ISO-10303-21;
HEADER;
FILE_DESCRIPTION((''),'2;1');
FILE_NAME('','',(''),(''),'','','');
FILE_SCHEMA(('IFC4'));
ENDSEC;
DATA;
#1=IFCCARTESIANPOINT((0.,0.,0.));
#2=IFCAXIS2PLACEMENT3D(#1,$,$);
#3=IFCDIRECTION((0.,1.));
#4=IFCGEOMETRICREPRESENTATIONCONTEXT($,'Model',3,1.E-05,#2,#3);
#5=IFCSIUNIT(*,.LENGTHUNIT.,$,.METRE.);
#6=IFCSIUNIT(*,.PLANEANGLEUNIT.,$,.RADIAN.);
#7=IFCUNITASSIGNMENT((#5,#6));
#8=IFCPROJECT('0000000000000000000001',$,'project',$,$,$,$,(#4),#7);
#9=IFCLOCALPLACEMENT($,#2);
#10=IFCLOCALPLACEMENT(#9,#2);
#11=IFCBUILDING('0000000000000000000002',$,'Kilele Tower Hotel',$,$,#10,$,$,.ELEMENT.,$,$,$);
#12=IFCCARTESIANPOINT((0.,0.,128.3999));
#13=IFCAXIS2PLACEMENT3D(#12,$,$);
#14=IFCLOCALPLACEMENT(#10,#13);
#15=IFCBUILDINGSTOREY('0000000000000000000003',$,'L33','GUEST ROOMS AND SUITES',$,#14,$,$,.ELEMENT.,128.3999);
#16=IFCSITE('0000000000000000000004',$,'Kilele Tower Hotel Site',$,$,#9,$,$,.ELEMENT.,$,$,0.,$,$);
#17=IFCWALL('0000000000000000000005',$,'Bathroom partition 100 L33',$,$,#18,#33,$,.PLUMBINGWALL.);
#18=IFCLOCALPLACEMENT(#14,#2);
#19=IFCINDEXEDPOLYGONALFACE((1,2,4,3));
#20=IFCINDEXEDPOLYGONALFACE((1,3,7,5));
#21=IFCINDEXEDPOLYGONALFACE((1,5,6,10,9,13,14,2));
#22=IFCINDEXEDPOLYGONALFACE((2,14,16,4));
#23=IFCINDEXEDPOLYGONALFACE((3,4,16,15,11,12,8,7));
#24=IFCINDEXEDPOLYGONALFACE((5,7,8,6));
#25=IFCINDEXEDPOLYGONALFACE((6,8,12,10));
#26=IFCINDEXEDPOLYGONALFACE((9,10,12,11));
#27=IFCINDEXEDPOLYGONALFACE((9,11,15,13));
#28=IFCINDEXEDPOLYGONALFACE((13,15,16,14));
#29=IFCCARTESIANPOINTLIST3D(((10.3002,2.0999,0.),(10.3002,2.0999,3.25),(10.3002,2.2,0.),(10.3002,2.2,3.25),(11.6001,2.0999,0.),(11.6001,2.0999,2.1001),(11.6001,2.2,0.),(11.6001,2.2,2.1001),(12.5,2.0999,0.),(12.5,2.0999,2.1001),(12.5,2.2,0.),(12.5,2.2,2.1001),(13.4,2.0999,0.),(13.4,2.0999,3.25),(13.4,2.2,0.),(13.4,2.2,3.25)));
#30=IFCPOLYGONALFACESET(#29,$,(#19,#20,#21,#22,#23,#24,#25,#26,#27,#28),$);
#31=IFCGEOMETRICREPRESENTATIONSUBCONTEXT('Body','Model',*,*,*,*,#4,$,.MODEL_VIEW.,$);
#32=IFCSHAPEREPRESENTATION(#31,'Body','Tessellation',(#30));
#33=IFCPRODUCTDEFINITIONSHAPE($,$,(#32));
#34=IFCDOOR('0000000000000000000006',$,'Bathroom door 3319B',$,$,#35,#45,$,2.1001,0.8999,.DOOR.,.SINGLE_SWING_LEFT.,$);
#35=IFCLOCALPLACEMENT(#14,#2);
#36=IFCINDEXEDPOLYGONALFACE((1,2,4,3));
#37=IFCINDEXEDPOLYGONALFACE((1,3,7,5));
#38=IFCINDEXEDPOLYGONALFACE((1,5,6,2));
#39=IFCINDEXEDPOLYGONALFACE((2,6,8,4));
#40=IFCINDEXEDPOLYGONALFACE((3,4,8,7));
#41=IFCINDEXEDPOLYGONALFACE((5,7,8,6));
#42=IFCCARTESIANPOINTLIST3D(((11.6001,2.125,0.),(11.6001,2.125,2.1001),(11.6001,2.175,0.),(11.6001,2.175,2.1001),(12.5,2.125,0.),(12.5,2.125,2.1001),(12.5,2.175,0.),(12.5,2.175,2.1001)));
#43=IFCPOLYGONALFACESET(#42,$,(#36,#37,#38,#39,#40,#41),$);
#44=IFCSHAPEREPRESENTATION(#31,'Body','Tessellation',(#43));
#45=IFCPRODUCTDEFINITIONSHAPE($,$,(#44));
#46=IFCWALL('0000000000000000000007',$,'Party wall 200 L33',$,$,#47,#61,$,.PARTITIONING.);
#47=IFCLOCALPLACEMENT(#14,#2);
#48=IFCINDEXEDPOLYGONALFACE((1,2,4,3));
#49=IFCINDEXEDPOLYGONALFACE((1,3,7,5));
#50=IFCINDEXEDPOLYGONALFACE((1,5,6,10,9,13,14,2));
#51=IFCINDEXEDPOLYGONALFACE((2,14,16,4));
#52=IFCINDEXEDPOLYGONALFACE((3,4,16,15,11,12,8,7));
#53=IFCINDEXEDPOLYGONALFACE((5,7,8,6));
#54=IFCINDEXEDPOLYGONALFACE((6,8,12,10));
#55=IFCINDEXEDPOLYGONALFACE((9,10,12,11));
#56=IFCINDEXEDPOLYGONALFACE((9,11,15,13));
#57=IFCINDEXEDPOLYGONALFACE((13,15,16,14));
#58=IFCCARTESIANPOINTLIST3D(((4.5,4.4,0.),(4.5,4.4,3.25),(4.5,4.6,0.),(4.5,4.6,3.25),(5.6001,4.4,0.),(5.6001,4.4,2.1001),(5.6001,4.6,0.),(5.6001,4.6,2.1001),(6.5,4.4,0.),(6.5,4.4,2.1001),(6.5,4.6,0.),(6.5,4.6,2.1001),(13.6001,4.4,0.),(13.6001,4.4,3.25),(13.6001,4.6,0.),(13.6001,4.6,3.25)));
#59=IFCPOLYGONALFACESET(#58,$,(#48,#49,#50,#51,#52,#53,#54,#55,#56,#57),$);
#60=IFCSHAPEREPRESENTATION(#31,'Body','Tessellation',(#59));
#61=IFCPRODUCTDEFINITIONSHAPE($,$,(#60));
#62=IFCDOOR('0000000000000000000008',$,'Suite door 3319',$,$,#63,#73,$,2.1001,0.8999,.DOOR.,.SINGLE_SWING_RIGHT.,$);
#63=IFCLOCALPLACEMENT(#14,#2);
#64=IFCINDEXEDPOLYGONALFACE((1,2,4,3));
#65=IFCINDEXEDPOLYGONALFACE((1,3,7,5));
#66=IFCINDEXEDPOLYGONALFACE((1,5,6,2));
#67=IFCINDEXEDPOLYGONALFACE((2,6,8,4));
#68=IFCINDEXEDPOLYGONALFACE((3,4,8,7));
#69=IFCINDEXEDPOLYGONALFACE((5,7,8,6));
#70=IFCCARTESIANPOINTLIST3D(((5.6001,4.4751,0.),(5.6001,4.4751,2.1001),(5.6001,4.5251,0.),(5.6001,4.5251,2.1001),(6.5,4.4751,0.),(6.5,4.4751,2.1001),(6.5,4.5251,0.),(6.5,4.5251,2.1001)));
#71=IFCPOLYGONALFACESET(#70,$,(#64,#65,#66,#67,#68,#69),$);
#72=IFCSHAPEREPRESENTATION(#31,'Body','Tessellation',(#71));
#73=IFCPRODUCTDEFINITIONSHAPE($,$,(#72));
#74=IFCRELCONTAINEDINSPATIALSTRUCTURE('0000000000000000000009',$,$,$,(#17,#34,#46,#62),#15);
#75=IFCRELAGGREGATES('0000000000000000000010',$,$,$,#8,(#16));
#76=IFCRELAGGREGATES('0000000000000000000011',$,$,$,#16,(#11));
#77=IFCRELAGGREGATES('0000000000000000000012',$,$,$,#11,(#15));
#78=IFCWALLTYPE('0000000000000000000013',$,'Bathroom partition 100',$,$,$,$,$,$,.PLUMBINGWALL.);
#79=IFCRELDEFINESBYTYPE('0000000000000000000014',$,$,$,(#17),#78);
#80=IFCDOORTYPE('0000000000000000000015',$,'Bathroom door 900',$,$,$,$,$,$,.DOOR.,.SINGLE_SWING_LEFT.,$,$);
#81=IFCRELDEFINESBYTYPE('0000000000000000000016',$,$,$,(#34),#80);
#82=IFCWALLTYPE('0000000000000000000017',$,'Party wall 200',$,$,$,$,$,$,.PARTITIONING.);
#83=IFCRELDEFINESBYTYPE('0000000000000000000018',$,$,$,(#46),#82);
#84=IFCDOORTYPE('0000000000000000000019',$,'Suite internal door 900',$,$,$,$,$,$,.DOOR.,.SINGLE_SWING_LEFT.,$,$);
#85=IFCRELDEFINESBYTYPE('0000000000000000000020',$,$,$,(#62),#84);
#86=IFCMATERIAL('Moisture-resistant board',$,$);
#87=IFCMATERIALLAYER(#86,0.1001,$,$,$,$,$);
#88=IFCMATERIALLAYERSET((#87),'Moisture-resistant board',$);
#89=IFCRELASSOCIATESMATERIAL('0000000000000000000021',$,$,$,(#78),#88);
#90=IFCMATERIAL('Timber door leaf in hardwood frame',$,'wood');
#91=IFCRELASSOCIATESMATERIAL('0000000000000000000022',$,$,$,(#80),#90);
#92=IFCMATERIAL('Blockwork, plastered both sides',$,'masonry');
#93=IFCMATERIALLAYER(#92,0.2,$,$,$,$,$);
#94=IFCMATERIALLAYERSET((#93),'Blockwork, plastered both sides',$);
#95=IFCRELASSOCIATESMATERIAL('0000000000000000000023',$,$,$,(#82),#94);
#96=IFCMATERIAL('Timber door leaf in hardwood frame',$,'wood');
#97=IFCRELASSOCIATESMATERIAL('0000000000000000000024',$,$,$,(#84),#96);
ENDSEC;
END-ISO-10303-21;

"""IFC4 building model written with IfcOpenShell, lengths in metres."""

from ifc_helpers import new_model, si_unit, direction, frame, frame_2d, origin, place, context, subcontext, project, spatial, rectangle, extrude, material, layer, layer_set, type_object, element, fill, save


model = new_model("IFC4")

# Units and contexts
model_context = context("Model", 3, precision=1e-05, world=origin(), true_north=direction((0.0, 1.0)))
body_context = subcontext(model_context, "Body", "Model", "MODEL_VIEW")
ifc_project = project(units=[si_unit("LENGTHUNIT", "METRE"), si_unit("PLANEANGLEUNIT", "RADIAN")], contexts=[model_context])

# Site, building, storey
site_placement = place(None, origin())
site = spatial("IfcSite", under=ifc_project, at=site_placement, Name="Kilele Tower Hotel Site", CompositionType="ELEMENT", RefElevation=0.0)
building_placement = place(site_placement, origin())
building = spatial("IfcBuilding", under=site, at=building_placement, Name="Kilele Tower Hotel", CompositionType="ELEMENT")
storey_placement = place(building_placement, frame((0.0, 0.0, 128.3999)))
storey = spatial("IfcBuildingStorey", under=building, at=storey_placement, Name="L33", Description="GUEST ROOMS AND SUITES", CompositionType="ELEMENT", Elevation=128.3999)

# Shared definitions
ifc_material_1 = material(Name="Moisture-resistant board")
ifc_layer_1 = layer(ifc_material_1, 0.1001)
ifc_layer_set_1 = layer_set([ifc_layer_1], Name="Moisture-resistant board")
wall_type_1 = type_object("IfcWallType", Name="Bathroom partition 100", PredefinedType="PLUMBINGWALL", material=ifc_layer_set_1)

# Walls, openings, doors
ifc_material_2 = material(Name="Timber door leaf in hardwood frame", Category="wood")
door_type_1 = type_object("IfcDoorType", Name="Bathroom door 900", OperationType="SINGLE_SWING_LEFT", PredefinedType="DOOR", material=ifc_material_2)
wall_1_placement = place(storey_placement, frame((13.3999, 2.1499, 0.0), z_axis=(0.0, 0.0, 1.0), x_axis=(-1.0, 0.0, 0.0)))
wall_1 = element("IfcWall", 1, at=wall_1_placement, inside=storey, type_object=wall_type_1, Name="Bathroom partition 100 L33", PredefinedType="PLUMBINGWALL", context=body_context, shape_type="SweptSolid", body=[
    extrude(rectangle(XDim=3.0999, YDim=0.1001, at=frame_2d((1.5498, 0.0))), origin(), (0.0, 0.0, 1.0), 3.25),
])
opening_1_placement = place(wall_1_placement, frame((0.8999, 0.0, 0.0)))
opening_1 = element("IfcOpeningElement", 2, at=opening_1_placement, cuts=wall_1, PredefinedType="OPENING", context=body_context, shape_type="SweptSolid", body=[
    extrude(rectangle(XDim=0.8999, YDim=2.1001, at=frame_2d((0.45, 1.05))), frame((0.0, 0.0601, 0.0), z_axis=(0.0, -1.0, 0.0), x_axis=(1.0, 0.0, 0.0)), (0.0, 0.0, 1.0), 0.1201),
])
door_1_placement = place(opening_1_placement, origin())
door_1 = element("IfcDoor", 3, at=door_1_placement, inside=storey, type_object=door_type_1, Name="Bathroom door 3319B", OperationType="SINGLE_SWING_LEFT", OverallHeight=2.1001, OverallWidth=0.8999, PredefinedType="DOOR", context=body_context, shape_type="SweptSolid", body=[
    extrude(rectangle(XDim=0.8999, YDim=2.1001, at=frame_2d((0.45, 1.05))), frame((0.0, 0.0249, 0.0), z_axis=(0.0, -1.0, 0.0), x_axis=(1.0, 0.0, 0.0)), (0.0, 0.0, 1.0), 0.05),
])
fill(opening_1, door_1)
ifc_material_3 = material(Name="Blockwork, plastered both sides", Category="masonry")
ifc_layer_2 = layer(ifc_material_3, 0.2)
ifc_layer_set_2 = layer_set([ifc_layer_2], Name="Blockwork, plastered both sides")
wall_type_2 = type_object("IfcWallType", Name="Party wall 200", PredefinedType="PARTITIONING", material=ifc_layer_set_2)
wall_2_placement = place(storey_placement, frame((13.6001, 4.5, 0.0), z_axis=(0.0, 0.0, 1.0), x_axis=(-1.0, 0.0, 0.0)))
wall_2 = element("IfcWall", 4, at=wall_2_placement, inside=storey, type_object=wall_type_2, Name="Party wall 200 L33", PredefinedType="PARTITIONING", context=body_context, shape_type="SweptSolid", body=[
    extrude(rectangle(XDim=9.1001, YDim=0.2, at=frame_2d((4.55, 0.0))), origin(), (0.0, 0.0, 1.0), 3.25),
])
opening_2_placement = place(wall_2_placement, frame((7.1001, 0.0, 0.0)))
opening_2 = element("IfcOpeningElement", 5, at=opening_2_placement, cuts=wall_2, PredefinedType="OPENING", context=body_context, shape_type="SweptSolid", body=[
    extrude(rectangle(XDim=0.8999, YDim=2.1001, at=frame_2d((0.45, 1.05))), frame((0.0, 0.1099, 0.0), z_axis=(0.0, -1.0, 0.0), x_axis=(1.0, 0.0, 0.0)), (0.0, 0.0, 1.0), 0.22),
])
ifc_material_4 = material(Name="Timber door leaf in hardwood frame", Category="wood")
door_type_2 = type_object("IfcDoorType", Name="Suite internal door 900", OperationType="SINGLE_SWING_LEFT", PredefinedType="DOOR", material=ifc_material_4)
door_2_placement = place(opening_2_placement, origin())
door_2 = element("IfcDoor", 6, at=door_2_placement, inside=storey, type_object=door_type_2, Name="Suite door 3319", OperationType="SINGLE_SWING_RIGHT", OverallHeight=2.1001, OverallWidth=0.8999, PredefinedType="DOOR", context=body_context, shape_type="SweptSolid", body=[
    extrude(rectangle(XDim=0.8999, YDim=2.1001, at=frame_2d((0.45, 1.05))), frame((0.0, 0.0249, 0.0), z_axis=(0.0, -1.0, 0.0), x_axis=(1.0, 0.0, 0.0)), (0.0, 0.0, 1.0), 0.05),
])
fill(opening_2, door_2)

save(model, "model.ifc")
